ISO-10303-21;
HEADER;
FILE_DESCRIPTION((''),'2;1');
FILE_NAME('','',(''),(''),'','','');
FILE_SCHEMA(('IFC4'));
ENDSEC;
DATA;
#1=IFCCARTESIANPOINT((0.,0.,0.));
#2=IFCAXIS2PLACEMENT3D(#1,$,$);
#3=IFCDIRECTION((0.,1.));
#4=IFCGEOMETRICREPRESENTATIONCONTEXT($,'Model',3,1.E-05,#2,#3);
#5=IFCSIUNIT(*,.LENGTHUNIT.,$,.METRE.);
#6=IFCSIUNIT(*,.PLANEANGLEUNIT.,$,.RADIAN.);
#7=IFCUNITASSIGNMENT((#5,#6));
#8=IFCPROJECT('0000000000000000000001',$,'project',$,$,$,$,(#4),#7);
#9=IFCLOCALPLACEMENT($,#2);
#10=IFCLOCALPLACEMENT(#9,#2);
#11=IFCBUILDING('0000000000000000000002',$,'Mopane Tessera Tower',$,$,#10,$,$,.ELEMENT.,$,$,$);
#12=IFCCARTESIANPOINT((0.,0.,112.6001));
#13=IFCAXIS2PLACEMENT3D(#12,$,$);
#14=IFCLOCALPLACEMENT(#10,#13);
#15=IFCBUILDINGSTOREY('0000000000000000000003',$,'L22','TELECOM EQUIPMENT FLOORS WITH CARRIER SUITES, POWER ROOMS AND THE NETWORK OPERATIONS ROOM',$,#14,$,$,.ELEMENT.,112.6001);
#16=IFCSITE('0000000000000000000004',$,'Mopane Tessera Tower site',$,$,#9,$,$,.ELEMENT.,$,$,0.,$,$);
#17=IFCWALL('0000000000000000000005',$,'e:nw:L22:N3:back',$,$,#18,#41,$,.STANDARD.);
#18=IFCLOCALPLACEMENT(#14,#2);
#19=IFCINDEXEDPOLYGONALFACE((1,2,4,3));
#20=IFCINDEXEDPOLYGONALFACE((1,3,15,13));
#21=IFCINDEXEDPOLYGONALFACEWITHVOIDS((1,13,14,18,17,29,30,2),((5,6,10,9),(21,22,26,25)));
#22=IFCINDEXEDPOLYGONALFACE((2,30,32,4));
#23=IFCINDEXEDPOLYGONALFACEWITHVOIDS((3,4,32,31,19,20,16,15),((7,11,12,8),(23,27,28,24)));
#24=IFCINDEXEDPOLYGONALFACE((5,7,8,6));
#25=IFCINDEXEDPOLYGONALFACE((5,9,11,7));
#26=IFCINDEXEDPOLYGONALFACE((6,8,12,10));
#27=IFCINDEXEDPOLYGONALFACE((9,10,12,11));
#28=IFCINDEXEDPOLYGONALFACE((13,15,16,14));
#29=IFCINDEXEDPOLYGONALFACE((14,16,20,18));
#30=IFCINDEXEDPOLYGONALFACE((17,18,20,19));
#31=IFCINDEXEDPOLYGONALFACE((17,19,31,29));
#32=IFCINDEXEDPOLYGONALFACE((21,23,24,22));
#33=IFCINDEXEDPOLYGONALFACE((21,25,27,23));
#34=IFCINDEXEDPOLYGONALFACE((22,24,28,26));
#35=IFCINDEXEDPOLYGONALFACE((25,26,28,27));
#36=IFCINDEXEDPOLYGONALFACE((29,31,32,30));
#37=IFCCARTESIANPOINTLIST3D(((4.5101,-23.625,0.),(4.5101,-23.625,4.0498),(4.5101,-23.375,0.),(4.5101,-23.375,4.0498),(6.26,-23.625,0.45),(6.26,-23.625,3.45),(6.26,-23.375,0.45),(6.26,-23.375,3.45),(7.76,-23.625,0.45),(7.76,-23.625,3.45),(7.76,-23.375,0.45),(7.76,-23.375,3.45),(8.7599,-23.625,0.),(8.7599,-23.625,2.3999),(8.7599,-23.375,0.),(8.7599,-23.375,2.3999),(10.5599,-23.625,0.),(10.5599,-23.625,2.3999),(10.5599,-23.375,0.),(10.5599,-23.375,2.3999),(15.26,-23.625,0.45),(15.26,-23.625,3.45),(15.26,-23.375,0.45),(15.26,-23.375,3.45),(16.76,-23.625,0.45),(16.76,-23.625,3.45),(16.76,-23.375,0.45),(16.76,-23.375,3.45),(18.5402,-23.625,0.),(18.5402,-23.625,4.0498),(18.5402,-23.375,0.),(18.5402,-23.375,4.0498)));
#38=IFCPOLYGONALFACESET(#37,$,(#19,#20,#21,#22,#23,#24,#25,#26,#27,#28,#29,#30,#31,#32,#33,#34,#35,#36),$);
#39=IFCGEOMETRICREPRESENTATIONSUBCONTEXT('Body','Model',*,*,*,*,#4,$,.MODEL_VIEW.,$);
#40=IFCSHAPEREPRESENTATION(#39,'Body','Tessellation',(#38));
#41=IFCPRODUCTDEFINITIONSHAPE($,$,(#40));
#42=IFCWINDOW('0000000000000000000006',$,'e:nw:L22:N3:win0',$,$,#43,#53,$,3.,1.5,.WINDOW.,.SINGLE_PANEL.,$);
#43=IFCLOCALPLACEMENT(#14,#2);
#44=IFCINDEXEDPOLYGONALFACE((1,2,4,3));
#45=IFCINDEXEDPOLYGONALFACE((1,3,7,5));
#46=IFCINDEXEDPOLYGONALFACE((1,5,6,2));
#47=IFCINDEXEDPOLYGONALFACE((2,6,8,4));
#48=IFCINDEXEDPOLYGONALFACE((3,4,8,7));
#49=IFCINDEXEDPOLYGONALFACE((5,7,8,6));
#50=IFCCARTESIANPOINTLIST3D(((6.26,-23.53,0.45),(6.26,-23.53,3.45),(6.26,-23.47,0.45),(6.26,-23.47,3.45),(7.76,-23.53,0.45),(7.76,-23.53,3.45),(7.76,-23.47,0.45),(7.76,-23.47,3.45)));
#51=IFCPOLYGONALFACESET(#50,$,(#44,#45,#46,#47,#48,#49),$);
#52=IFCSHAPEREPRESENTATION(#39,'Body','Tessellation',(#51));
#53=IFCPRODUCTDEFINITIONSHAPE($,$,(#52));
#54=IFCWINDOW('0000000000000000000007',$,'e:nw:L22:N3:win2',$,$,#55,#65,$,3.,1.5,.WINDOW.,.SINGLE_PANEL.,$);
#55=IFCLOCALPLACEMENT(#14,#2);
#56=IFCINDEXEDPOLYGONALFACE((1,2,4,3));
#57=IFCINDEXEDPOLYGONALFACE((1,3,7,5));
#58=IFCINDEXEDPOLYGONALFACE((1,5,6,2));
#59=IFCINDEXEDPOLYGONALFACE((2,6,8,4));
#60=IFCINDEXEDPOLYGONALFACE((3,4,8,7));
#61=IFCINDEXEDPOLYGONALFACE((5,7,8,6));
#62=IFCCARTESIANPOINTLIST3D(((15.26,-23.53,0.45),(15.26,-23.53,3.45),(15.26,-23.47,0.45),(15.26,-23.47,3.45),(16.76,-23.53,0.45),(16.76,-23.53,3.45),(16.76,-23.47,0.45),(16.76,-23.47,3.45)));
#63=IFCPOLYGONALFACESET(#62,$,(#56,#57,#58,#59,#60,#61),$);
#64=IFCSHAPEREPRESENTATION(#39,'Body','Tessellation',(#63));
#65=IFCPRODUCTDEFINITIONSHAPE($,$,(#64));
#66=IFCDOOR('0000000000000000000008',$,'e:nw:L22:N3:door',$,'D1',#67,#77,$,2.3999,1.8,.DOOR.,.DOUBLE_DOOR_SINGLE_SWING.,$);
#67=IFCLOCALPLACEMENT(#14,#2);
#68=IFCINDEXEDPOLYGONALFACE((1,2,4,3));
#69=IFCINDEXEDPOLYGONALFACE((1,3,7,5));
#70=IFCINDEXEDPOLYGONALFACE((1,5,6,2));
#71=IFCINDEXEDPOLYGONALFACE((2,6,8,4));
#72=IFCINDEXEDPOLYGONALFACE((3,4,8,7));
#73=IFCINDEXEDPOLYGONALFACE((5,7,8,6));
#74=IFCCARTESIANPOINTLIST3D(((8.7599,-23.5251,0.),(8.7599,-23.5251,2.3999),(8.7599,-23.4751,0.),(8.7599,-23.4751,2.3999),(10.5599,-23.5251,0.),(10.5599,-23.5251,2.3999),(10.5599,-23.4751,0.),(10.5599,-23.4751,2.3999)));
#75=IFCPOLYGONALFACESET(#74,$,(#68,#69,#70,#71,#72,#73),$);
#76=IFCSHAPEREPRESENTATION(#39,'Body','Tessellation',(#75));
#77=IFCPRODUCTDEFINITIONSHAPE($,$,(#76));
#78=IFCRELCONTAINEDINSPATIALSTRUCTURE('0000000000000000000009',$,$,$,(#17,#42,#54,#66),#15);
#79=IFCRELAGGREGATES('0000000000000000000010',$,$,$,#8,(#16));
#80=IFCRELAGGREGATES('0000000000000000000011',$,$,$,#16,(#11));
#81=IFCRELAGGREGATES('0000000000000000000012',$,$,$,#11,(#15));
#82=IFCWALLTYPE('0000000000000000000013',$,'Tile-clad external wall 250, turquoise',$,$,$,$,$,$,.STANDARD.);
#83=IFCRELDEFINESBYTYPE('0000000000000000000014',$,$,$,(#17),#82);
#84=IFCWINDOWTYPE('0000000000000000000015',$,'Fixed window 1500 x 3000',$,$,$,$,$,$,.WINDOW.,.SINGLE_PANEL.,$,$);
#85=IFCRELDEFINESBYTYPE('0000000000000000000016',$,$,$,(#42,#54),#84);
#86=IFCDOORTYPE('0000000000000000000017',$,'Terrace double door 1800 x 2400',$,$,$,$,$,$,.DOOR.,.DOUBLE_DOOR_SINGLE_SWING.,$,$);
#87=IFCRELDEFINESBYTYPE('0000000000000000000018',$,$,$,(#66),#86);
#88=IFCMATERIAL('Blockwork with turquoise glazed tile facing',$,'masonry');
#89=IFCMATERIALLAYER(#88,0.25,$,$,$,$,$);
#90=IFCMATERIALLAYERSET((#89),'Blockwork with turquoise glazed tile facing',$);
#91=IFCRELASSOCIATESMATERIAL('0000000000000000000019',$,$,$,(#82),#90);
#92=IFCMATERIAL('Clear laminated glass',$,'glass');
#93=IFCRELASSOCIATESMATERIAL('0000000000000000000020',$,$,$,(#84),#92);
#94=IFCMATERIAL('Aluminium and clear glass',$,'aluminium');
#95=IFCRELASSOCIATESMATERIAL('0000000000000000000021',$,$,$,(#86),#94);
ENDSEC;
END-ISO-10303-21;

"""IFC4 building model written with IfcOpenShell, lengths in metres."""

from ifc_helpers import new_model, si_unit, direction, frame, frame_2d, origin, place, context, subcontext, project, spatial, rectangle, extrude, material, layer, layer_set, type_object, element, fill, save


model = new_model("IFC4")

# Units and contexts
model_context = context("Model", 3, precision=1e-05, world=origin(), true_north=direction((0.0, 1.0)))
body_context = subcontext(model_context, "Body", "Model", "MODEL_VIEW")
ifc_project = project(units=[si_unit("LENGTHUNIT", "METRE"), si_unit("PLANEANGLEUNIT", "RADIAN")], contexts=[model_context])

# Site, building, storey
site_placement = place(None, origin())
site = spatial("IfcSite", under=ifc_project, at=site_placement, Name="Mopane Tessera Tower site", CompositionType="ELEMENT", RefElevation=0.0)
building_placement = place(site_placement, origin())
building = spatial("IfcBuilding", under=site, at=building_placement, Name="Mopane Tessera Tower", CompositionType="ELEMENT")
storey_placement = place(building_placement, frame((0.0, 0.0, 112.6001)))
storey = spatial("IfcBuildingStorey", under=building, at=storey_placement, Name="L22", Description="TELECOM EQUIPMENT FLOORS WITH CARRIER SUITES, POWER ROOMS AND THE NETWORK OPERATIONS ROOM", CompositionType="ELEMENT", Elevation=112.6001)

# Wall, openings, windows, door
ifc_material_1 = material(Name="Blockwork with turquoise glazed tile facing", Category="masonry")
ifc_layer_1 = layer(ifc_material_1, 0.25)
ifc_layer_set_1 = layer_set([ifc_layer_1], Name="Blockwork with turquoise glazed tile facing")
wall_type_1 = type_object("IfcWallType", Name="Tile-clad external wall 250, turquoise", PredefinedType="STANDARD", material=ifc_layer_set_1)
wall_1_placement = place(storey_placement, frame((4.51, -23.5, 0.0), z_axis=(0.0, 0.0, 1.0), x_axis=(1.0, 0.0, 0.0)))
wall_1 = element("IfcWall", 1, at=wall_1_placement, inside=storey, type_object=wall_type_1, Name="e:nw:L22:N3:back", PredefinedType="STANDARD", context=body_context, shape_type="SweptSolid", body=[
    extrude(rectangle(XDim=14.03, YDim=0.25, at=frame_2d((7.0151, 0.0))), origin(), (0.0, 0.0, 1.0), 4.0498),
])
opening_1_placement = place(wall_1_placement, frame((1.75, 0.0, 0.45)))
opening_1 = element("IfcOpeningElement", 2, at=opening_1_placement, cuts=wall_1, PredefinedType="OPENING", context=body_context, shape_type="SweptSolid", body=[
    extrude(rectangle(XDim=1.5, YDim=3.0, at=frame_2d((0.75, 1.5))), frame((0.0, 0.137, 0.0), z_axis=(0.0, -1.0, 0.0), x_axis=(1.0, 0.0, 0.0)), (0.0, 0.0, 1.0), 0.2739),
])
opening_2_placement = place(wall_1_placement, frame((4.25, 0.0, 0.0)))
opening_2 = element("IfcOpeningElement", 3, at=opening_2_placement, cuts=wall_1, PredefinedType="OPENING", context=body_context, shape_type="SweptSolid", body=[
    extrude(rectangle(XDim=1.8, YDim=2.3999, at=frame_2d((0.8999, 1.2))), frame((0.0, 0.137, 0.0), z_axis=(0.0, -1.0, 0.0), x_axis=(1.0, 0.0, 0.0)), (0.0, 0.0, 1.0), 0.2739),
])
opening_3_placement = place(wall_1_placement, frame((10.75, 0.0, 0.45)))
opening_3 = element("IfcOpeningElement", 4, at=opening_3_placement, cuts=wall_1, PredefinedType="OPENING", context=body_context, shape_type="SweptSolid", body=[
    extrude(rectangle(XDim=1.5, YDim=3.0, at=frame_2d((0.75, 1.5))), frame((0.0, 0.137, 0.0), z_axis=(0.0, -1.0, 0.0), x_axis=(1.0, 0.0, 0.0)), (0.0, 0.0, 1.0), 0.2739),
])
ifc_material_2 = material(Name="Clear laminated glass", Category="glass")
window_type = type_object("IfcWindowType", Name="Fixed window 1500 x 3000", PartitioningType="SINGLE_PANEL", PredefinedType="WINDOW", material=ifc_material_2)
window_1_placement = place(opening_1_placement, origin())
window_1 = element("IfcWindow", 5, at=window_1_placement, inside=storey, type_object=window_type, Name="e:nw:L22:N3:win0", OverallHeight=3.0, OverallWidth=1.5, PartitioningType="SINGLE_PANEL", PredefinedType="WINDOW", context=body_context, shape_type="SweptSolid", body=[
    extrude(rectangle(XDim=1.5, YDim=3.0, at=frame_2d((0.75, 1.5))), frame((0.0, 0.03, 0.0), z_axis=(0.0, -1.0, 0.0), x_axis=(1.0, 0.0, 0.0)), (0.0, 0.0, 1.0), 0.0601),
])
fill(opening_1, window_1)
window_2_placement = place(opening_3_placement, origin())
window_2 = element("IfcWindow", 6, at=window_2_placement, inside=storey, type_object=window_type, Name="e:nw:L22:N3:win2", OverallHeight=3.0, OverallWidth=1.5, PartitioningType="SINGLE_PANEL", PredefinedType="WINDOW", context=body_context, shape_type="SweptSolid", body=[
    extrude(rectangle(XDim=1.5, YDim=3.0, at=frame_2d((0.75, 1.5))), frame((0.0, 0.03, 0.0), z_axis=(0.0, -1.0, 0.0), x_axis=(1.0, 0.0, 0.0)), (0.0, 0.0, 1.0), 0.0601),
])
fill(opening_3, window_2)
ifc_material_3 = material(Name="Aluminium and clear glass", Category="aluminium")
door_type_1 = type_object("IfcDoorType", Name="Terrace double door 1800 x 2400", OperationType="DOUBLE_DOOR_SINGLE_SWING", PredefinedType="DOOR", material=ifc_material_3)
door_1_placement = place(opening_2_placement, origin())
door_1 = element("IfcDoor", 7, at=door_1_placement, inside=storey, type_object=door_type_1, Name="e:nw:L22:N3:door", ObjectType="D1", OperationType="DOUBLE_DOOR_SINGLE_SWING", OverallHeight=2.3999, OverallWidth=1.8, PredefinedType="DOOR", context=body_context, shape_type="SweptSolid", body=[
    extrude(rectangle(XDim=1.8, YDim=2.3999, at=frame_2d((0.8999, 1.2))), frame((0.0, 0.0249, 0.0), z_axis=(0.0, -1.0, 0.0), x_axis=(1.0, 0.0, 0.0)), (0.0, 0.0, 1.0), 0.05),
])
fill(opening_2, door_1)

save(model, "model.ifc")
